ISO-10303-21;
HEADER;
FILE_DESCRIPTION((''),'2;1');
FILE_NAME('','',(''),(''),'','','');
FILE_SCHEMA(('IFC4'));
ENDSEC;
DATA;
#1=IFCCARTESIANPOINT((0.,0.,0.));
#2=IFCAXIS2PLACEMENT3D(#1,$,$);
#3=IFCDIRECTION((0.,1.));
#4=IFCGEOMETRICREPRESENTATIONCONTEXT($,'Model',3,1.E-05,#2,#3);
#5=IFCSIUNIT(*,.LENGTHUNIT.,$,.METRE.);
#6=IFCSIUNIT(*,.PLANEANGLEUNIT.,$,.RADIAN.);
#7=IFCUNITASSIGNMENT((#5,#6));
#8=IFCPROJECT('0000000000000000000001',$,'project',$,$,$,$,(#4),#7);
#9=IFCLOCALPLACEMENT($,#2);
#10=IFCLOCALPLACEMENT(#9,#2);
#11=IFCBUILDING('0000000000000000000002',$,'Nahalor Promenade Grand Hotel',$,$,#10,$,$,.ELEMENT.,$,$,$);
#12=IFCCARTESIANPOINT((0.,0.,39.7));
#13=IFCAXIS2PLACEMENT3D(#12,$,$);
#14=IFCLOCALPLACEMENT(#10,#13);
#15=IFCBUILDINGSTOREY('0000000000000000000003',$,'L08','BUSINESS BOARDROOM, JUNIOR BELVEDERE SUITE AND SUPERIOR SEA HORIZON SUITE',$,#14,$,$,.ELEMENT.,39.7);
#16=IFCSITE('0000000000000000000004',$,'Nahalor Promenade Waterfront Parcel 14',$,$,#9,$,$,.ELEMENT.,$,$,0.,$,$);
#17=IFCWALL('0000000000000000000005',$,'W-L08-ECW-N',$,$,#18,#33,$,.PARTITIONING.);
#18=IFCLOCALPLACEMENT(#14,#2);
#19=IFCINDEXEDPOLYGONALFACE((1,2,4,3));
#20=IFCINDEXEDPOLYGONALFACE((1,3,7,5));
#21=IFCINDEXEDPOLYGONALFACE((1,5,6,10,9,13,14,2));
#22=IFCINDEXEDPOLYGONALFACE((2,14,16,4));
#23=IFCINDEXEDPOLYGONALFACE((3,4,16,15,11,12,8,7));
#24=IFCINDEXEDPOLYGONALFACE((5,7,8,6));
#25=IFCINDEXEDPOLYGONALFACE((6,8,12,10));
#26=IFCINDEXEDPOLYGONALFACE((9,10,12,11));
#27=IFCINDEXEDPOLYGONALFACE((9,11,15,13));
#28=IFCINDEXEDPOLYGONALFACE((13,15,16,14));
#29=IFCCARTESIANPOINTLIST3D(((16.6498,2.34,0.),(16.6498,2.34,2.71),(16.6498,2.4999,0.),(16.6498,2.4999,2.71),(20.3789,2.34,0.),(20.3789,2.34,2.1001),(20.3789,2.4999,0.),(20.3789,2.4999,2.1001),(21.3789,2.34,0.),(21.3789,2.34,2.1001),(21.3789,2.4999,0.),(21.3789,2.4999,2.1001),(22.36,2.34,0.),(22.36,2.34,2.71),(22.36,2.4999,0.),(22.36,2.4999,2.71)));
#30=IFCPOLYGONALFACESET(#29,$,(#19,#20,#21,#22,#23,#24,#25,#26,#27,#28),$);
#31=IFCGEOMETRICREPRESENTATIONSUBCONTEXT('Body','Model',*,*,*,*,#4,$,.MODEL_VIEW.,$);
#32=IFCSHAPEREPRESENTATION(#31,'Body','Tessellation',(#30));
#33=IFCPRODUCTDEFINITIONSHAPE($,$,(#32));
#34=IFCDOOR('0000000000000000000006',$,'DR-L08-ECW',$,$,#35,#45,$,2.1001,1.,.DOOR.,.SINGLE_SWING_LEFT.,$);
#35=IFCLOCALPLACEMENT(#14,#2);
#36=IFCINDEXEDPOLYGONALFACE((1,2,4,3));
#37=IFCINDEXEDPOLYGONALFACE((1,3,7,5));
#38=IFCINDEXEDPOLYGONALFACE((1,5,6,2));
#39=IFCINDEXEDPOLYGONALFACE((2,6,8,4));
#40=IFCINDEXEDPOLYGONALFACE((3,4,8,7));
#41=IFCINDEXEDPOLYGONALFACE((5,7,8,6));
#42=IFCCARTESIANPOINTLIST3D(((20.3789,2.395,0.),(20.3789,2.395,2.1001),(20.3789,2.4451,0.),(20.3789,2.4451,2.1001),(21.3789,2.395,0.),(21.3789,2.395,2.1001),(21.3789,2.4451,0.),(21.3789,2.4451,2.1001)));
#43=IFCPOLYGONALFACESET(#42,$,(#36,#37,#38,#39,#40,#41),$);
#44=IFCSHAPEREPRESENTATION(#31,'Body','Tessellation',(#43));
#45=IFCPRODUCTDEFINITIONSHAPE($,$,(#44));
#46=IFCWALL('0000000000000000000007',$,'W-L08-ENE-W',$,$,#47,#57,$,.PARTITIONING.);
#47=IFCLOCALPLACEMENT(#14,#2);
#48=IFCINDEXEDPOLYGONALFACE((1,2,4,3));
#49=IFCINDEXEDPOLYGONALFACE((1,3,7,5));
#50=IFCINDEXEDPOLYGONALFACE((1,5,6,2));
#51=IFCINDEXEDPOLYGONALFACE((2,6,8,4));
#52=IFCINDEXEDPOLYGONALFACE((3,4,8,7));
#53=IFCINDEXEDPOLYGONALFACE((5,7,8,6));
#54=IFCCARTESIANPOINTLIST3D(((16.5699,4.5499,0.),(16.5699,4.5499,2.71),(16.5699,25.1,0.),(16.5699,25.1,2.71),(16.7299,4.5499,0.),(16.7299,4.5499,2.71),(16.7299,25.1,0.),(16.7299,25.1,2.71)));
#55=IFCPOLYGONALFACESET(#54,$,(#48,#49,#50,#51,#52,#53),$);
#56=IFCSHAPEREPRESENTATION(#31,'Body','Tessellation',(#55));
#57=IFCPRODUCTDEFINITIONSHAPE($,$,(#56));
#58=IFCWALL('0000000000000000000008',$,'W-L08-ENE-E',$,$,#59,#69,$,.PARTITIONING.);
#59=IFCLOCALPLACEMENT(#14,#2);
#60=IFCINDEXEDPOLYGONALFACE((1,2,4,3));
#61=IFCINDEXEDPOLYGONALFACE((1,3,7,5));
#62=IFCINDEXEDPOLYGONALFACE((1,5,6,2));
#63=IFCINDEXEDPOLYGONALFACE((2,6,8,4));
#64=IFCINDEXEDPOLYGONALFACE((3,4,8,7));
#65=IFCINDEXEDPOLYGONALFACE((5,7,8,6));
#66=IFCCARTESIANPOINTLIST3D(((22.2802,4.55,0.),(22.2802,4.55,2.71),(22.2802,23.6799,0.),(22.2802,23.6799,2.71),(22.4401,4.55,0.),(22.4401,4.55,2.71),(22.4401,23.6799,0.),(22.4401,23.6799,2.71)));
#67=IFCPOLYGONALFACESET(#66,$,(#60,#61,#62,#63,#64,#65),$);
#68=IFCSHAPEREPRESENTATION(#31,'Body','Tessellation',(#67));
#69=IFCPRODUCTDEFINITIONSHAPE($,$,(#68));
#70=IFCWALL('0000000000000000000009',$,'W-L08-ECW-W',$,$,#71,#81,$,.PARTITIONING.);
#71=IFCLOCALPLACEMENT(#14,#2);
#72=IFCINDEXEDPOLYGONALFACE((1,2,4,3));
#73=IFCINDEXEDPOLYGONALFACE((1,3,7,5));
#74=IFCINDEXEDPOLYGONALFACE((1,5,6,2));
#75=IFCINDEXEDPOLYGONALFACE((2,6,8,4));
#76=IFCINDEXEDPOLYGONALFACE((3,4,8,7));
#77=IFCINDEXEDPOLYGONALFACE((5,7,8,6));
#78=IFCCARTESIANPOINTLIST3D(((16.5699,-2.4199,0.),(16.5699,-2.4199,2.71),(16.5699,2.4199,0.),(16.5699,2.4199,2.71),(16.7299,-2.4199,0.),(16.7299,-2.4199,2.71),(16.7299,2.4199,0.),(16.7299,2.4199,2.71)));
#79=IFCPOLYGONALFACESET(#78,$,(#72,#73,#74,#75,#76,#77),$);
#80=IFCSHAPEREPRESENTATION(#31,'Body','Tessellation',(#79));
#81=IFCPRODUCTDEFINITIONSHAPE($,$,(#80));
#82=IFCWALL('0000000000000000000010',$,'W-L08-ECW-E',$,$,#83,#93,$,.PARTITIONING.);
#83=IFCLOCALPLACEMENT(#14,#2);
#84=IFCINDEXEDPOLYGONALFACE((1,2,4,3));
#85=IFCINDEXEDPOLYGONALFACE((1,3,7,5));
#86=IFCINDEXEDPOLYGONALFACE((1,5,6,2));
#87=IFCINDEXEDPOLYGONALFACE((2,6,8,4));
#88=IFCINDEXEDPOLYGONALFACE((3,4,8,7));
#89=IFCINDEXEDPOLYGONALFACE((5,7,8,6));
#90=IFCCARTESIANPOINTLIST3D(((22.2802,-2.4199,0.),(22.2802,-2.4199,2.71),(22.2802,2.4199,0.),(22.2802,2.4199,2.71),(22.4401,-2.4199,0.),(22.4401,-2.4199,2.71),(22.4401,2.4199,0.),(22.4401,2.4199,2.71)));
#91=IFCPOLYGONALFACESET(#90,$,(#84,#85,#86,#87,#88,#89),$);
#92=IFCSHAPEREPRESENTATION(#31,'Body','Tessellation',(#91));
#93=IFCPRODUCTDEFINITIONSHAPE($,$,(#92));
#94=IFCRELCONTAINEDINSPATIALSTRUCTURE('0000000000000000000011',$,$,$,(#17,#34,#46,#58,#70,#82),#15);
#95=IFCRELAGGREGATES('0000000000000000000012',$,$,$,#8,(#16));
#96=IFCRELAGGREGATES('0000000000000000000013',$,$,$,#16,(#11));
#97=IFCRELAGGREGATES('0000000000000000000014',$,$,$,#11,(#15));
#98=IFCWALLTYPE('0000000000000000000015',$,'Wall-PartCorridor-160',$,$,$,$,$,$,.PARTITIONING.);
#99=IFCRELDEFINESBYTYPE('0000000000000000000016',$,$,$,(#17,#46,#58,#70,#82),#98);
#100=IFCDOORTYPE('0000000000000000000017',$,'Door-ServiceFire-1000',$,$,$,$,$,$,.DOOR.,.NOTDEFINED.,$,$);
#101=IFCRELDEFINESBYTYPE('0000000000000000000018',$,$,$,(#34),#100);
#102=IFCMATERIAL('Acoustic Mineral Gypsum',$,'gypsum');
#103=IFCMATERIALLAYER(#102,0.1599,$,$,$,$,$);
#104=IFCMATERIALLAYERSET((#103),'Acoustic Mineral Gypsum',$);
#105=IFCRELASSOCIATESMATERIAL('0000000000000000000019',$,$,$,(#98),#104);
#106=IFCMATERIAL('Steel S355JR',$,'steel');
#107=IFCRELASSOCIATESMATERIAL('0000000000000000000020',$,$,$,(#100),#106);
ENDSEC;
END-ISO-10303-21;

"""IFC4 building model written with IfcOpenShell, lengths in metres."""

from ifc_helpers import new_model, si_unit, direction, frame, frame_2d, origin, place, context, subcontext, project, spatial, rectangle, extrude, source, transform, mapped, material, layer, layer_set, type_object, element, fill, save


model = new_model("IFC4")

# Units and contexts
model_context = context("Model", 3, precision=1e-05, world=origin(), true_north=direction((0.0, 1.0)))
body_context = subcontext(model_context, "Body", "Model", "MODEL_VIEW")
ifc_project = project(units=[si_unit("LENGTHUNIT", "METRE"), si_unit("PLANEANGLEUNIT", "RADIAN")], contexts=[model_context])

# Site, building, storey
site_placement = place(None, origin())
site = spatial("IfcSite", under=ifc_project, at=site_placement, Name="Nahalor Promenade Waterfront Parcel 14", CompositionType="ELEMENT", RefElevation=0.0)
building_placement = place(site_placement, origin())
building = spatial("IfcBuilding", under=site, at=building_placement, Name="Nahalor Promenade Grand Hotel", CompositionType="ELEMENT")
storey_placement = place(building_placement, frame((0.0, 0.0, 39.7)))
storey = spatial("IfcBuildingStorey", under=building, at=storey_placement, Name="L08", Description="BUSINESS BOARDROOM, JUNIOR BELVEDERE SUITE AND SUPERIOR SEA HORIZON SUITE", CompositionType="ELEMENT", Elevation=39.7)

# Shared definitions
ifc_material_1 = material(Name="Steel S355JR", Category="steel")

# Shared definitions
ifc_material_2 = material(Name="Acoustic Mineral Gypsum", Category="gypsum")
ifc_layer_1 = layer(ifc_material_2, 0.1599)
ifc_layer_set_1 = layer_set([ifc_layer_1], Name="Acoustic Mineral Gypsum")
wall_type_1 = type_object("IfcWallType", Name="Wall-PartCorridor-160", PredefinedType="PARTITIONING", material=ifc_layer_set_1)
shared_shape_1 = source(origin(), body_context, "Body", "SweptSolid", [
    extrude(rectangle(XDim=5.7102, YDim=0.1599, at=frame_2d((2.855, 0.0))), origin(), (0.0, 0.0, 1.0), 2.71),
])

# Wall, opening, door
wall_1_placement = place(storey_placement, frame((16.6499, 2.4199, 0.0), z_axis=(0.0, 0.0, 1.0), x_axis=(1.0, 0.0, 0.0)))
wall_1 = element("IfcWall", 1, at=wall_1_placement, inside=storey, type_object=wall_type_1, Name="W-L08-ECW-N", PredefinedType="PARTITIONING", context=body_context, shape_type="MappedRepresentation", body=[
    mapped(shared_shape_1, transform((0.0, 0.0, 0.0), scale=1.0)),
])
opening_1_placement = place(wall_1_placement, frame((3.729, 0.0, 0.0)))
opening_1 = element("IfcOpeningElement", 2, at=opening_1_placement, cuts=wall_1, PredefinedType="OPENING", context=body_context, shape_type="SweptSolid", body=[
    extrude(rectangle(XDim=1.0, YDim=2.1001, at=frame_2d((0.5, 1.05))), frame((0.0, 0.0898, 0.0), z_axis=(0.0, -1.0, 0.0), x_axis=(1.0, 0.0, 0.0)), (0.0, 0.0, 1.0), 0.1799),
])
door_type_1 = type_object("IfcDoorType", Name="Door-ServiceFire-1000", OperationType="NOTDEFINED", PredefinedType="DOOR", material=ifc_material_1)
shared_shape_2 = source(origin(), body_context, "Body", "SweptSolid", [
    extrude(rectangle(XDim=1.0, YDim=2.1001, at=frame_2d((0.5, 1.05))), frame((0.0, 0.0249, 0.0), z_axis=(0.0, -1.0, 0.0), x_axis=(1.0, 0.0, 0.0)), (0.0, 0.0, 1.0), 0.05),
])
door_1_placement = place(opening_1_placement, frame((1.0, 0.0, 0.0), z_axis=(0.0, 0.0, 1.0), x_axis=(-1.0, 0.0, 0.0)))
door_1 = element("IfcDoor", 3, at=door_1_placement, inside=storey, type_object=door_type_1, Name="DR-L08-ECW", OperationType="SINGLE_SWING_LEFT", OverallHeight=2.1001, OverallWidth=1.0, PredefinedType="DOOR", context=body_context, shape_type="MappedRepresentation", body=[
    mapped(shared_shape_2, transform((0.0, 0.0, 0.0), scale=1.0)),
])
fill(opening_1, door_1)

# Walls
shared_shape_3 = source(origin(), body_context, "Body", "SweptSolid", [
    extrude(rectangle(XDim=20.55, YDim=0.1599, at=frame_2d((10.2749, 0.0))), origin(), (0.0, 0.0, 1.0), 2.71),
])
wall_2_placement = place(storey_placement, frame((16.6499, 4.55, 0.0), z_axis=(0.0, 0.0, 1.0), x_axis=(0.0, 1.0, 0.0)))
element("IfcWall", 4, at=wall_2_placement, inside=storey, type_object=wall_type_1, Name="W-L08-ENE-W", PredefinedType="PARTITIONING", context=body_context, shape_type="MappedRepresentation", body=[
    mapped(shared_shape_3, transform((0.0, 0.0, 0.0), scale=1.0)),
])
shared_shape_4 = source(origin(), body_context, "Body", "SweptSolid", [
    extrude(rectangle(XDim=19.1299, YDim=0.1599, at=frame_2d((9.5649, 0.0))), origin(), (0.0, 0.0, 1.0), 2.71),
])
wall_3_placement = place(storey_placement, frame((22.3601, 4.55, 0.0), z_axis=(0.0, 0.0, 1.0), x_axis=(0.0, 1.0, 0.0)))
element("IfcWall", 5, at=wall_3_placement, inside=storey, type_object=wall_type_1, Name="W-L08-ENE-E", PredefinedType="PARTITIONING", context=body_context, shape_type="MappedRepresentation", body=[
    mapped(shared_shape_4, transform((0.0, 0.0, 0.0), scale=1.0)),
])
shared_shape_5 = source(origin(), body_context, "Body", "SweptSolid", [
    extrude(rectangle(XDim=4.8398, YDim=0.1599, at=frame_2d((2.4199, 0.0))), origin(), (0.0, 0.0, 1.0), 2.71),
])
for number, where, z_axis, x_axis, name in (
    (6, (16.6499, -2.4199, 0.0), (0.0, 0.0, 1.0), (0.0, 1.0, 0.0), "W-L08-ECW-W"),
    (7, (22.3601, -2.4199, 0.0), (0.0, 0.0, 1.0), (0.0, 1.0, 0.0), "W-L08-ECW-E"),
):
    element("IfcWall", number, at=place(storey_placement, frame(where, z_axis=z_axis, x_axis=x_axis)), inside=storey, type_object=wall_type_1, Name=name, PredefinedType="PARTITIONING", context=body_context, shape_type="MappedRepresentation", body=[
        mapped(shared_shape_5, transform((0.0, 0.0, 0.0), scale=1.0)),
    ])

save(model, "model.ifc")
